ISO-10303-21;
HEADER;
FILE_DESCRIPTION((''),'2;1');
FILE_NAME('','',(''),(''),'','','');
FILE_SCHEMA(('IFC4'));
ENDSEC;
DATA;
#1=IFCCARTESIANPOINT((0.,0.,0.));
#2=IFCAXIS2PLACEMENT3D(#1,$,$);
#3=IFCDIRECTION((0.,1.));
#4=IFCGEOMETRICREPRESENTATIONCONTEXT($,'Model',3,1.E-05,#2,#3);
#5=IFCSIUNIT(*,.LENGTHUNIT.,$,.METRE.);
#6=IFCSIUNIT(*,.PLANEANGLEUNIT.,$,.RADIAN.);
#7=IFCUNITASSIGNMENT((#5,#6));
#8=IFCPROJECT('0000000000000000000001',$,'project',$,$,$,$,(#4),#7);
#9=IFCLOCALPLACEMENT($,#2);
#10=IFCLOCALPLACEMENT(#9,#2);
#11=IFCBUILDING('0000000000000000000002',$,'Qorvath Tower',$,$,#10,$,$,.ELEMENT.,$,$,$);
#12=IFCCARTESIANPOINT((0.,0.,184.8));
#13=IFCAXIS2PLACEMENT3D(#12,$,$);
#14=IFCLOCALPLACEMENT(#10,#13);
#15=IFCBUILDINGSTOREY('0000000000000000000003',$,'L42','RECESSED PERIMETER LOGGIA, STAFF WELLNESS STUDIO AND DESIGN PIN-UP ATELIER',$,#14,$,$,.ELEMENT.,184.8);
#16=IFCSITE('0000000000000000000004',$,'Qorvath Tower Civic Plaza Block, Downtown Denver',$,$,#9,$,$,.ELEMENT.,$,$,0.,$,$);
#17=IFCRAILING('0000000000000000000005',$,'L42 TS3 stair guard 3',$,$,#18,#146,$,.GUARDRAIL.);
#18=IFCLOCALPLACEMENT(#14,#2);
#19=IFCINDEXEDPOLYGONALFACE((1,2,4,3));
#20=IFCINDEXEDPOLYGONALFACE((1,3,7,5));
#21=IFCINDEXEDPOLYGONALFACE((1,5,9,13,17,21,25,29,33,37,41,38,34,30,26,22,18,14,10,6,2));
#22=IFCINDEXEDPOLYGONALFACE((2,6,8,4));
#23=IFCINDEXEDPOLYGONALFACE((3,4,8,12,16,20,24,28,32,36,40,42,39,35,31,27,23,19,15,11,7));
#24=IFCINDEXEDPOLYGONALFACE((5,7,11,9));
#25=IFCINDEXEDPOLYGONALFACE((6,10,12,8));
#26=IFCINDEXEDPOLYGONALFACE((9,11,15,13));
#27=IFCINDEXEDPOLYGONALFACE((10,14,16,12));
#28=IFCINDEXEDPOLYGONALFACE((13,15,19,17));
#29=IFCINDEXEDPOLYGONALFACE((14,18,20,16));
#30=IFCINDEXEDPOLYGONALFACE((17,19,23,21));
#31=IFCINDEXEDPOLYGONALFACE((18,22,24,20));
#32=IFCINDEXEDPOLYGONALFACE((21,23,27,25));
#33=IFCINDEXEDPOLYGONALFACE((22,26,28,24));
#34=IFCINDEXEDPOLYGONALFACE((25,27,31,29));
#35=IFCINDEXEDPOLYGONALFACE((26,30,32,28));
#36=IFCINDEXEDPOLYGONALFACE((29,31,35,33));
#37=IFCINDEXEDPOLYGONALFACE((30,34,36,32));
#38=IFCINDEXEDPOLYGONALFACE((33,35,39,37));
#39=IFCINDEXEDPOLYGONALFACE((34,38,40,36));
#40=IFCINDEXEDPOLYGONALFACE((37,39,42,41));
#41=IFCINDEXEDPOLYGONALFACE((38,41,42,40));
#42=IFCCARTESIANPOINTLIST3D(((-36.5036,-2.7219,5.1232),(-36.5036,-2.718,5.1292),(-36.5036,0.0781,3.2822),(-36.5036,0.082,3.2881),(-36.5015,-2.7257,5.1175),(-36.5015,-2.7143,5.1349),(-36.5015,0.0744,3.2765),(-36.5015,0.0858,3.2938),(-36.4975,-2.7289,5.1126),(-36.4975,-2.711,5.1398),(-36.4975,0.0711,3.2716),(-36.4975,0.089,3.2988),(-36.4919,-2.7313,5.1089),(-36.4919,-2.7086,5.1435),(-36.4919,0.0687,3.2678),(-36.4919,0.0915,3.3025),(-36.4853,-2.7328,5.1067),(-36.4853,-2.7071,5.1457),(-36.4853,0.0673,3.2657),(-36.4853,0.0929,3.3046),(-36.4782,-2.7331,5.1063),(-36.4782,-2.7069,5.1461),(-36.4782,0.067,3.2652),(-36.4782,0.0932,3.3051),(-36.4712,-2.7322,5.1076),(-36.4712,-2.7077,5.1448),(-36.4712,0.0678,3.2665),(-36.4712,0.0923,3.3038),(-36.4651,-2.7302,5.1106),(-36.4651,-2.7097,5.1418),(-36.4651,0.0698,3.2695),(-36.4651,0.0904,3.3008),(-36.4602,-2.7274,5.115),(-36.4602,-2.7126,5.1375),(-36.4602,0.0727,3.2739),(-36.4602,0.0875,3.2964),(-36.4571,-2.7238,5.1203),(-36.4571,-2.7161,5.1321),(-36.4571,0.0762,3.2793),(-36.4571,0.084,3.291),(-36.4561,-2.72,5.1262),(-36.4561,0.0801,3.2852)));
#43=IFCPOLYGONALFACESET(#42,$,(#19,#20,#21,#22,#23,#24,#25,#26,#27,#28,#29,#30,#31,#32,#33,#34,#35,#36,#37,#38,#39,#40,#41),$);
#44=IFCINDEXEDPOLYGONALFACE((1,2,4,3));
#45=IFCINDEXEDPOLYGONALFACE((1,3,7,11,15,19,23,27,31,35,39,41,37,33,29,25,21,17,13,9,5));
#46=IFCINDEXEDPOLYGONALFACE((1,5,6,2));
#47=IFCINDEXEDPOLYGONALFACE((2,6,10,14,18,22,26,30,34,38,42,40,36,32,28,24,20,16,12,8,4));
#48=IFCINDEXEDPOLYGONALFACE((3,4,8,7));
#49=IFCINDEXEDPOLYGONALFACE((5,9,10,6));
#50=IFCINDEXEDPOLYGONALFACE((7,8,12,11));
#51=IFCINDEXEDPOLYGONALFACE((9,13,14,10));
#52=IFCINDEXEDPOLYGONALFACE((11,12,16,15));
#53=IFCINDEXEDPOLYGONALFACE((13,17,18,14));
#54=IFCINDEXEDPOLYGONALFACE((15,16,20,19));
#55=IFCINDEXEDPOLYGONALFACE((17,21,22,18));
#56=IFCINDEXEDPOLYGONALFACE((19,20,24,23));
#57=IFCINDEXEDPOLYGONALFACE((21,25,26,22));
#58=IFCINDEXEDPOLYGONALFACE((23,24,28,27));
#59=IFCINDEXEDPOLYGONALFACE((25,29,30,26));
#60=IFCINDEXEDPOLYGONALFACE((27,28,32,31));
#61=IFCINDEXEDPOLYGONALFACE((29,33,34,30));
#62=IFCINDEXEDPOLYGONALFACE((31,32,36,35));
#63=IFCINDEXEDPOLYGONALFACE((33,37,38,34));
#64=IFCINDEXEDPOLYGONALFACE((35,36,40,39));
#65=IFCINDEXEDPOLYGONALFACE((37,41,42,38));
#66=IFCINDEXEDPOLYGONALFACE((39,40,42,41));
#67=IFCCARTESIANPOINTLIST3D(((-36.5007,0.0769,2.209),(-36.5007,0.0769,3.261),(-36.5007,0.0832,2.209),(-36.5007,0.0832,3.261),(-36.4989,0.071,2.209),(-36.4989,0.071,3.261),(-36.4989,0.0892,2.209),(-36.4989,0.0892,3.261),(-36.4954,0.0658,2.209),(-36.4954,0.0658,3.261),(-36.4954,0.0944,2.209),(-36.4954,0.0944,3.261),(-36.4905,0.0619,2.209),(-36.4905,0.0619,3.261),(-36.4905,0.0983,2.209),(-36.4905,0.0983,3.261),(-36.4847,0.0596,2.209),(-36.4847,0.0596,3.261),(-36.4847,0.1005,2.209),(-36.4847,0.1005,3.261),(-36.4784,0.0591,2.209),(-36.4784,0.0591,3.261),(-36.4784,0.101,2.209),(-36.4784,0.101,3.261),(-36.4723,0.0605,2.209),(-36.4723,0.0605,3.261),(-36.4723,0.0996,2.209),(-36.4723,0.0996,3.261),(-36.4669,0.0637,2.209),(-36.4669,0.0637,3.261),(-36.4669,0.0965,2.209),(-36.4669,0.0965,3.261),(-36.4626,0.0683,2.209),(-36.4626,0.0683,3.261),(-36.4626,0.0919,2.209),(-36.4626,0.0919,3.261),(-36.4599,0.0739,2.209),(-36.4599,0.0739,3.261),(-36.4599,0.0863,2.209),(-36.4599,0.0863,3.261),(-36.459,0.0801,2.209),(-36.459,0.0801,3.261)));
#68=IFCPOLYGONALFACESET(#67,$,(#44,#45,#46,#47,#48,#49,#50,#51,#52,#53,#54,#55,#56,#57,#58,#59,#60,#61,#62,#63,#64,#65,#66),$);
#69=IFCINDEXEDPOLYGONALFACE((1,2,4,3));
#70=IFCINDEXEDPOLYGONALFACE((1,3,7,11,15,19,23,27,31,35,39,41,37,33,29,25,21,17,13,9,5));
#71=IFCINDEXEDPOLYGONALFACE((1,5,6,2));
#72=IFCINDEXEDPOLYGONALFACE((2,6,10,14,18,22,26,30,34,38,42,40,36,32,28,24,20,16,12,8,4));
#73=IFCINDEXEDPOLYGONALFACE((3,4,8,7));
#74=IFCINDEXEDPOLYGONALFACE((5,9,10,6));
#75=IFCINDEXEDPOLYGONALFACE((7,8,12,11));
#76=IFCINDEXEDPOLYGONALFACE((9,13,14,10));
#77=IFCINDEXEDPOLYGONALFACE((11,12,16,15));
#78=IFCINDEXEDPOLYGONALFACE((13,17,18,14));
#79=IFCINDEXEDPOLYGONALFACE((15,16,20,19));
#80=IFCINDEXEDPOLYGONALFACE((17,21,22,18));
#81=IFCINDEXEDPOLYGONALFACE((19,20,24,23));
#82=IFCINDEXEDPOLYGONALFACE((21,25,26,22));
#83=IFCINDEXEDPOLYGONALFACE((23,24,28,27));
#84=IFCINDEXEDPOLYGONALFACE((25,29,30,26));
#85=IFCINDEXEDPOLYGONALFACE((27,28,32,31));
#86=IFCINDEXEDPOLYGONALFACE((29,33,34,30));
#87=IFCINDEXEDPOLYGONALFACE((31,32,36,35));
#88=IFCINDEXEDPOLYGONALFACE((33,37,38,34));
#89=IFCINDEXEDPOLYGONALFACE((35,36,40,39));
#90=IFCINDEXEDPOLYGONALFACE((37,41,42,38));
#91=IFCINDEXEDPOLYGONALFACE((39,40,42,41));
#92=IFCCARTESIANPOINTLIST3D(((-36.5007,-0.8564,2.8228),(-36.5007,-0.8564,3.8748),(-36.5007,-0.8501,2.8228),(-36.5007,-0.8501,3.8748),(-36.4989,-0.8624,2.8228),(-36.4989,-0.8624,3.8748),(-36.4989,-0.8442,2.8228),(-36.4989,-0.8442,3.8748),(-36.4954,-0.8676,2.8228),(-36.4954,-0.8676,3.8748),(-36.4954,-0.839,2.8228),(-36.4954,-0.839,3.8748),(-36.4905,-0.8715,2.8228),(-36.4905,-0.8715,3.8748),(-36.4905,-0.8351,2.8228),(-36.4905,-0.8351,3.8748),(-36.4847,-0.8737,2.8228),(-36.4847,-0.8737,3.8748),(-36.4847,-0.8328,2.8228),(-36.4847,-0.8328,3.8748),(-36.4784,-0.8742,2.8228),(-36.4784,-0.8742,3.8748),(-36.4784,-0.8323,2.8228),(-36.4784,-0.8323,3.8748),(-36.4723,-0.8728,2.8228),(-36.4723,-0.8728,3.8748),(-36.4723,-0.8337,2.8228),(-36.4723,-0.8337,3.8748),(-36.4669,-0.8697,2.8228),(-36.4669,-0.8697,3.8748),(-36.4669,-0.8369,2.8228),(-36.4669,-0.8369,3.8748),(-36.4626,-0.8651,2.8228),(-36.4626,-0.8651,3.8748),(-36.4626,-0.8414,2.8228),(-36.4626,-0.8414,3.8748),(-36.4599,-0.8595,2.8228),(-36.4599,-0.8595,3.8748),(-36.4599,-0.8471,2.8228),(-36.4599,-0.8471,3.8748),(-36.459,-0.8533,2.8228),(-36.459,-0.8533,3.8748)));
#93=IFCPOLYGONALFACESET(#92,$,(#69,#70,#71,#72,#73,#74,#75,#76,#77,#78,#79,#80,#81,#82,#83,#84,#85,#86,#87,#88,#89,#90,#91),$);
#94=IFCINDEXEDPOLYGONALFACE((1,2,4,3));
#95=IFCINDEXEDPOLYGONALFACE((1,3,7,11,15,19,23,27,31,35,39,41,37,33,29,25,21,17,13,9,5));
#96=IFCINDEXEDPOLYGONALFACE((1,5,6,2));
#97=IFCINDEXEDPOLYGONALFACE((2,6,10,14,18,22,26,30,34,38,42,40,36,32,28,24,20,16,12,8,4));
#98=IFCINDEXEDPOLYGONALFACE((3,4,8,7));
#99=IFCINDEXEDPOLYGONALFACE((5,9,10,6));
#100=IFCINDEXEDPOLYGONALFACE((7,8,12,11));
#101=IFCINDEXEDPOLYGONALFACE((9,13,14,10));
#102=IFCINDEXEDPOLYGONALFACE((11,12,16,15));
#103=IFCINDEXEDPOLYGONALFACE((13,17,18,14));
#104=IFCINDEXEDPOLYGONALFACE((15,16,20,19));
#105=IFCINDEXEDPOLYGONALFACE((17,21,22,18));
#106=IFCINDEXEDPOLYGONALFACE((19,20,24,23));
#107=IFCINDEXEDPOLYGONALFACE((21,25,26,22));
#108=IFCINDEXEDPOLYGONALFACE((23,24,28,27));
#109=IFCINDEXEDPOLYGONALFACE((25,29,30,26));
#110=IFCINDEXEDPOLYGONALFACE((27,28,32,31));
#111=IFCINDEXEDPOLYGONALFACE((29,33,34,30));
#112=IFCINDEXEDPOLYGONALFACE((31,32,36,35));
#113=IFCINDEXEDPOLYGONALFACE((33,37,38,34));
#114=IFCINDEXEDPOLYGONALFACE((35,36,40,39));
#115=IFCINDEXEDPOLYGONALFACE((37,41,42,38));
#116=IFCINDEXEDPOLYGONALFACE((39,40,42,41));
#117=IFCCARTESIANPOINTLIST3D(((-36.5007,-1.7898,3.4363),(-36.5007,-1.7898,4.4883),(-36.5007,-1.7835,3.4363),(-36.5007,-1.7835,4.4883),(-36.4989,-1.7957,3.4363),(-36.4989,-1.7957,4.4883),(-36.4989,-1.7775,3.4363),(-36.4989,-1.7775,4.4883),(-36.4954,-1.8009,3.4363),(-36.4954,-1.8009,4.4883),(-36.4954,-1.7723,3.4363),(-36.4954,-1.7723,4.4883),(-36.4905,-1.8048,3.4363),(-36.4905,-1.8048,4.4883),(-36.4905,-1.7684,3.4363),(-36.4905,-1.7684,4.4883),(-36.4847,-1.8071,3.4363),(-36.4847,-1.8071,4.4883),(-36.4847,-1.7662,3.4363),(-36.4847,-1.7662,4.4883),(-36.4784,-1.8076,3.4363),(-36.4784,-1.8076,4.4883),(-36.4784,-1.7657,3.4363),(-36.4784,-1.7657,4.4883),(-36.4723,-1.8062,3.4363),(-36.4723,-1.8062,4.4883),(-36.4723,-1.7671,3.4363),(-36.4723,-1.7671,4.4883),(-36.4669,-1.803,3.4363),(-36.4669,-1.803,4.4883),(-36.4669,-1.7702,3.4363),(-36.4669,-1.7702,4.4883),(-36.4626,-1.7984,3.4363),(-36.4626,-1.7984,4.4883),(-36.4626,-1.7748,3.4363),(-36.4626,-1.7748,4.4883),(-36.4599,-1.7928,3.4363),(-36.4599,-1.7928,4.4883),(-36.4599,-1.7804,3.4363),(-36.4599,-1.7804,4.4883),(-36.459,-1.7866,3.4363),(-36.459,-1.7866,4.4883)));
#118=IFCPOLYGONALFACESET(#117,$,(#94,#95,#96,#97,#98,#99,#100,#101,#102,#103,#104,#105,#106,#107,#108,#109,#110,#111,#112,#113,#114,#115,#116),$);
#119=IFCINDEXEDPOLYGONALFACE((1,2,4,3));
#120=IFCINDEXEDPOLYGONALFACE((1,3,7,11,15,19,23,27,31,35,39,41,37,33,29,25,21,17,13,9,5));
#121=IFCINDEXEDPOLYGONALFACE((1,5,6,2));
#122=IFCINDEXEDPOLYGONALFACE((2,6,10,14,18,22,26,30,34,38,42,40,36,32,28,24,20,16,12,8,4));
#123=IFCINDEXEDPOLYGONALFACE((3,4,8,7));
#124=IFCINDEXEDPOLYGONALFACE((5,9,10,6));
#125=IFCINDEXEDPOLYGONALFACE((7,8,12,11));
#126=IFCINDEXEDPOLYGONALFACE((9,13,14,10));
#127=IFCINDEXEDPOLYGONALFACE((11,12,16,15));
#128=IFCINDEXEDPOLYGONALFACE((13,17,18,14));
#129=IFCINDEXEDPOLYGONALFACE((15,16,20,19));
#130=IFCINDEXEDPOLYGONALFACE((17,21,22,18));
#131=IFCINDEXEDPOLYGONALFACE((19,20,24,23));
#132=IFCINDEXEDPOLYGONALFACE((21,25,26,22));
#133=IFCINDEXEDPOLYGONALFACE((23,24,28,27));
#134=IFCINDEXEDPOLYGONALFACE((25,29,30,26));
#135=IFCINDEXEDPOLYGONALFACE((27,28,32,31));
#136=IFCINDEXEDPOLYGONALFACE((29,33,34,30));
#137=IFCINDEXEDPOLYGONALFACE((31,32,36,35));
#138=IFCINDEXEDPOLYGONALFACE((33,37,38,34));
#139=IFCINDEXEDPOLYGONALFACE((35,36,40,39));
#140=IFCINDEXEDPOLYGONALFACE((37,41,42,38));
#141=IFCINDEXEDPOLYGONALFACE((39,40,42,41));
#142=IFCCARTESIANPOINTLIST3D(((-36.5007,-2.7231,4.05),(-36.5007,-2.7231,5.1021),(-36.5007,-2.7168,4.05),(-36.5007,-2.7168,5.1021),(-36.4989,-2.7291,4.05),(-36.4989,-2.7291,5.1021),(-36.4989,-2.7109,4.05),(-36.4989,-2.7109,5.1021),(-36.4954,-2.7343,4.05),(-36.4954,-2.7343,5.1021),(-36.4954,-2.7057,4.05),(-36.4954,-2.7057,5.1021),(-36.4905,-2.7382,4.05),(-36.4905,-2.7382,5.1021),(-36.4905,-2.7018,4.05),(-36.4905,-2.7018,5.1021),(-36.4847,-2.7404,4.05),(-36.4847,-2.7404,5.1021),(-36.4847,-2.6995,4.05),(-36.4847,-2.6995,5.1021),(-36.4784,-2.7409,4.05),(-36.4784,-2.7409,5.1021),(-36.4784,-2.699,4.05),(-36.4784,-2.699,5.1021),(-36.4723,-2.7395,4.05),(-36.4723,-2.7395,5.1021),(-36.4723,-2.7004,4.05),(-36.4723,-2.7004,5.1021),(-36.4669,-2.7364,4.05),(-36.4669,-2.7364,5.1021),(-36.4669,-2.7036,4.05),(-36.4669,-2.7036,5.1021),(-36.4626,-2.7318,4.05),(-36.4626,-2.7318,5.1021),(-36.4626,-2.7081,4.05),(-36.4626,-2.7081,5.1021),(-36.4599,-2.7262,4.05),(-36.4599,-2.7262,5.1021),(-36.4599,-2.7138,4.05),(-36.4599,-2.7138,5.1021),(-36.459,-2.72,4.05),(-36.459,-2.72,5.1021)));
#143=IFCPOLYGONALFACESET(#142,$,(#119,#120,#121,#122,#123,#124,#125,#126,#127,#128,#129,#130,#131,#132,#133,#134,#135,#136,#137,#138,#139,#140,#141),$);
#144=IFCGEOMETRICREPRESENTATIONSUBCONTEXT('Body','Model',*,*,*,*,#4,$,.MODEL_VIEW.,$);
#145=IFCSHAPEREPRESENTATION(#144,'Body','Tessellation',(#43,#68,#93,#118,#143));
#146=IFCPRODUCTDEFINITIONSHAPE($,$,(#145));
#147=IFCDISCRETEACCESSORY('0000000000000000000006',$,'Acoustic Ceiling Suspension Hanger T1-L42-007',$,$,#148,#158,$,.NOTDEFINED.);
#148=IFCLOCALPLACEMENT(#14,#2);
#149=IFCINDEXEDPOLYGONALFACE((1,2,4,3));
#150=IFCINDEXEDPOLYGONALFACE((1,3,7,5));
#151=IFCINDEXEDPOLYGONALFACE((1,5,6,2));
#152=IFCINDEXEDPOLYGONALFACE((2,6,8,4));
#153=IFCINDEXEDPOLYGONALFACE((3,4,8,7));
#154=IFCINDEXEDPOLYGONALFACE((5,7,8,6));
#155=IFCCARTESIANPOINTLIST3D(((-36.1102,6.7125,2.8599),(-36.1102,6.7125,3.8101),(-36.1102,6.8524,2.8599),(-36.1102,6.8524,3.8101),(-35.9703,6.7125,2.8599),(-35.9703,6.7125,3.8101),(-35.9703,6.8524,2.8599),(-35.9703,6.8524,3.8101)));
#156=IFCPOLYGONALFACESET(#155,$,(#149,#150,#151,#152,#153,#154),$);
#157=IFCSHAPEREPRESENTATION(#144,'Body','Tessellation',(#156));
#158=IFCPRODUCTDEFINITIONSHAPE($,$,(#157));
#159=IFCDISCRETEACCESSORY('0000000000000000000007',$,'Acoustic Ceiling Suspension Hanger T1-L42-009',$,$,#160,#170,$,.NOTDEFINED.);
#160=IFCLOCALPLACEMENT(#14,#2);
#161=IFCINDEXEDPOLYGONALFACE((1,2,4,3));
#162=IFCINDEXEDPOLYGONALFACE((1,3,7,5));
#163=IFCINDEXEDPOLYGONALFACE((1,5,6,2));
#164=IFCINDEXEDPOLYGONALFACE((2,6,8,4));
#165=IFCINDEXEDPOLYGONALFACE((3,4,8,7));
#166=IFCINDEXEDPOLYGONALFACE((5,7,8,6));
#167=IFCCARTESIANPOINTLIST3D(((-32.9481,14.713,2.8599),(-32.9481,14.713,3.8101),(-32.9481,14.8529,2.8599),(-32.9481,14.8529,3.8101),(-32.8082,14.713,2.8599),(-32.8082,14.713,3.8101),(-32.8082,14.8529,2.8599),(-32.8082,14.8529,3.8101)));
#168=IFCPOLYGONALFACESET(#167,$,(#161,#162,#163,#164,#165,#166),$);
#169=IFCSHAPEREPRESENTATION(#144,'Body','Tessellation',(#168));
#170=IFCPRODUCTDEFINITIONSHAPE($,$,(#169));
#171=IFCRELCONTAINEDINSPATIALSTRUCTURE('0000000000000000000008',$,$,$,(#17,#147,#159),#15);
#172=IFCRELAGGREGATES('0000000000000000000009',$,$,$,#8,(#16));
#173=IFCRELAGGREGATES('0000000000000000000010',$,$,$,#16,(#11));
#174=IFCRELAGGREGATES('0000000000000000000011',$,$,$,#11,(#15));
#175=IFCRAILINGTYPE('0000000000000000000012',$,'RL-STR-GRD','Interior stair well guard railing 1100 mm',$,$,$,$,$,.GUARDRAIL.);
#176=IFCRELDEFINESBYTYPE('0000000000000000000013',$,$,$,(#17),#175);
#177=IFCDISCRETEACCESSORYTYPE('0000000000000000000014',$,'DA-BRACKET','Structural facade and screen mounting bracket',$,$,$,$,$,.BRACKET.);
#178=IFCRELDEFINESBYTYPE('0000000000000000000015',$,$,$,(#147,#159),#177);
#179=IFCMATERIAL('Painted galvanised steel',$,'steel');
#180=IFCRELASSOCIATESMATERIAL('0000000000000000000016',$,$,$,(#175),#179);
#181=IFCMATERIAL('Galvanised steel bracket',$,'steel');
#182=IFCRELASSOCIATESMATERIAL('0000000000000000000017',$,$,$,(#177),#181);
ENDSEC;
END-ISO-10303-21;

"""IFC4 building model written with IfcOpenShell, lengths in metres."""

from ifc_helpers import new_model, si_unit, direction, frame, origin, origin_2d, place, context, subcontext, project, spatial, rectangle, circle, extrude, material, type_object, element, save


model = new_model("IFC4")

# Units and contexts
model_context = context("Model", 3, precision=1e-05, world=origin(), true_north=direction((0.0, 1.0)))
body_context = subcontext(model_context, "Body", "Model", "MODEL_VIEW")
ifc_project = project(units=[si_unit("LENGTHUNIT", "METRE"), si_unit("PLANEANGLEUNIT", "RADIAN")], contexts=[model_context])

# Site, building, storey
site_placement = place(None, origin())
site = spatial("IfcSite", under=ifc_project, at=site_placement, Name="Qorvath Tower Civic Plaza Block, Downtown Denver", CompositionType="ELEMENT", RefElevation=0.0)
building_placement = place(site_placement, origin())
building = spatial("IfcBuilding", under=site, at=building_placement, Name="Qorvath Tower", CompositionType="ELEMENT")
storey_placement = place(building_placement, frame((0.0, 0.0, 184.8)))
storey = spatial("IfcBuildingStorey", under=building, at=storey_placement, Name="L42", Description="RECESSED PERIMETER LOGGIA, STAFF WELLNESS STUDIO AND DESIGN PIN-UP ATELIER", CompositionType="ELEMENT", Elevation=184.8)

# Railing
ifc_material_1 = material(Name="Painted galvanised steel", Category="steel")
railing_type = type_object("IfcRailingType", Name="RL-STR-GRD", Description="Interior stair well guard railing 1100 mm", PredefinedType="GUARDRAIL", material=ifc_material_1)
railing_1_placement = place(storey_placement, frame((-36.48, 0.0801, 2.209)))
element("IfcRailing", 1, at=railing_1_placement, inside=storey, type_object=railing_type, Name="L42 TS3 stair guard 3", PredefinedType="GUARDRAIL", context=body_context, shape_type="SweptSolid", body=[
    extrude(circle(Radius=0.0239, at=origin_2d()), frame((0.0, 0.0, 1.0762), z_axis=(0.0, -0.835564, 0.549393), x_axis=(1.0, 0.0, 0.0)), (0.0, 0.0, 1.0), 3.3511),
    extrude(circle(Radius=0.021, at=origin_2d()), origin(), (0.0, 0.0, 1.0), 1.052),
    extrude(circle(Radius=0.021, at=origin_2d()), frame((0.0, -0.9333, 0.6138)), (0.0, 0.0, 1.0), 1.052),
    extrude(circle(Radius=0.021, at=origin_2d()), frame((0.0, -1.8667, 1.2273)), (0.0, 0.0, 1.0), 1.052),
    extrude(circle(Radius=0.021, at=origin_2d()), frame((0.0, -2.8, 1.8411)), (0.0, 0.0, 1.0), 1.052),
])

# Discrete accessories
ifc_material_2 = material(Name="Galvanised steel bracket", Category="steel")
discrete_accessory_type = type_object("IfcDiscreteAccessoryType", Name="DA-BRACKET", Description="Structural facade and screen mounting bracket", PredefinedType="BRACKET", material=ifc_material_2)
for number, where, z_axis, x_axis, name in (
    (2, (-36.0403, 6.7825, 2.8599), (0.0, 0.0, 1.0), (1.0, 0.0, 0.0), "Acoustic Ceiling Suspension Hanger T1-L42-007"),
    (3, (-32.8782, 14.783, 2.8599), (0.0, 0.0, 1.0), (1.0, 0.0, 0.0), "Acoustic Ceiling Suspension Hanger T1-L42-009"),
):
    element("IfcDiscreteAccessory", number, at=place(storey_placement, frame(where, z_axis=z_axis, x_axis=x_axis)), inside=storey, type_object=discrete_accessory_type, Name=name, PredefinedType="NOTDEFINED", context=body_context, shape_type="SweptSolid", body=[
        extrude(rectangle(XDim=0.1399, YDim=0.1399, at=origin_2d()), origin(), (0.0, 0.0, 1.0), 0.9502),
    ])

save(model, "model.ifc")
